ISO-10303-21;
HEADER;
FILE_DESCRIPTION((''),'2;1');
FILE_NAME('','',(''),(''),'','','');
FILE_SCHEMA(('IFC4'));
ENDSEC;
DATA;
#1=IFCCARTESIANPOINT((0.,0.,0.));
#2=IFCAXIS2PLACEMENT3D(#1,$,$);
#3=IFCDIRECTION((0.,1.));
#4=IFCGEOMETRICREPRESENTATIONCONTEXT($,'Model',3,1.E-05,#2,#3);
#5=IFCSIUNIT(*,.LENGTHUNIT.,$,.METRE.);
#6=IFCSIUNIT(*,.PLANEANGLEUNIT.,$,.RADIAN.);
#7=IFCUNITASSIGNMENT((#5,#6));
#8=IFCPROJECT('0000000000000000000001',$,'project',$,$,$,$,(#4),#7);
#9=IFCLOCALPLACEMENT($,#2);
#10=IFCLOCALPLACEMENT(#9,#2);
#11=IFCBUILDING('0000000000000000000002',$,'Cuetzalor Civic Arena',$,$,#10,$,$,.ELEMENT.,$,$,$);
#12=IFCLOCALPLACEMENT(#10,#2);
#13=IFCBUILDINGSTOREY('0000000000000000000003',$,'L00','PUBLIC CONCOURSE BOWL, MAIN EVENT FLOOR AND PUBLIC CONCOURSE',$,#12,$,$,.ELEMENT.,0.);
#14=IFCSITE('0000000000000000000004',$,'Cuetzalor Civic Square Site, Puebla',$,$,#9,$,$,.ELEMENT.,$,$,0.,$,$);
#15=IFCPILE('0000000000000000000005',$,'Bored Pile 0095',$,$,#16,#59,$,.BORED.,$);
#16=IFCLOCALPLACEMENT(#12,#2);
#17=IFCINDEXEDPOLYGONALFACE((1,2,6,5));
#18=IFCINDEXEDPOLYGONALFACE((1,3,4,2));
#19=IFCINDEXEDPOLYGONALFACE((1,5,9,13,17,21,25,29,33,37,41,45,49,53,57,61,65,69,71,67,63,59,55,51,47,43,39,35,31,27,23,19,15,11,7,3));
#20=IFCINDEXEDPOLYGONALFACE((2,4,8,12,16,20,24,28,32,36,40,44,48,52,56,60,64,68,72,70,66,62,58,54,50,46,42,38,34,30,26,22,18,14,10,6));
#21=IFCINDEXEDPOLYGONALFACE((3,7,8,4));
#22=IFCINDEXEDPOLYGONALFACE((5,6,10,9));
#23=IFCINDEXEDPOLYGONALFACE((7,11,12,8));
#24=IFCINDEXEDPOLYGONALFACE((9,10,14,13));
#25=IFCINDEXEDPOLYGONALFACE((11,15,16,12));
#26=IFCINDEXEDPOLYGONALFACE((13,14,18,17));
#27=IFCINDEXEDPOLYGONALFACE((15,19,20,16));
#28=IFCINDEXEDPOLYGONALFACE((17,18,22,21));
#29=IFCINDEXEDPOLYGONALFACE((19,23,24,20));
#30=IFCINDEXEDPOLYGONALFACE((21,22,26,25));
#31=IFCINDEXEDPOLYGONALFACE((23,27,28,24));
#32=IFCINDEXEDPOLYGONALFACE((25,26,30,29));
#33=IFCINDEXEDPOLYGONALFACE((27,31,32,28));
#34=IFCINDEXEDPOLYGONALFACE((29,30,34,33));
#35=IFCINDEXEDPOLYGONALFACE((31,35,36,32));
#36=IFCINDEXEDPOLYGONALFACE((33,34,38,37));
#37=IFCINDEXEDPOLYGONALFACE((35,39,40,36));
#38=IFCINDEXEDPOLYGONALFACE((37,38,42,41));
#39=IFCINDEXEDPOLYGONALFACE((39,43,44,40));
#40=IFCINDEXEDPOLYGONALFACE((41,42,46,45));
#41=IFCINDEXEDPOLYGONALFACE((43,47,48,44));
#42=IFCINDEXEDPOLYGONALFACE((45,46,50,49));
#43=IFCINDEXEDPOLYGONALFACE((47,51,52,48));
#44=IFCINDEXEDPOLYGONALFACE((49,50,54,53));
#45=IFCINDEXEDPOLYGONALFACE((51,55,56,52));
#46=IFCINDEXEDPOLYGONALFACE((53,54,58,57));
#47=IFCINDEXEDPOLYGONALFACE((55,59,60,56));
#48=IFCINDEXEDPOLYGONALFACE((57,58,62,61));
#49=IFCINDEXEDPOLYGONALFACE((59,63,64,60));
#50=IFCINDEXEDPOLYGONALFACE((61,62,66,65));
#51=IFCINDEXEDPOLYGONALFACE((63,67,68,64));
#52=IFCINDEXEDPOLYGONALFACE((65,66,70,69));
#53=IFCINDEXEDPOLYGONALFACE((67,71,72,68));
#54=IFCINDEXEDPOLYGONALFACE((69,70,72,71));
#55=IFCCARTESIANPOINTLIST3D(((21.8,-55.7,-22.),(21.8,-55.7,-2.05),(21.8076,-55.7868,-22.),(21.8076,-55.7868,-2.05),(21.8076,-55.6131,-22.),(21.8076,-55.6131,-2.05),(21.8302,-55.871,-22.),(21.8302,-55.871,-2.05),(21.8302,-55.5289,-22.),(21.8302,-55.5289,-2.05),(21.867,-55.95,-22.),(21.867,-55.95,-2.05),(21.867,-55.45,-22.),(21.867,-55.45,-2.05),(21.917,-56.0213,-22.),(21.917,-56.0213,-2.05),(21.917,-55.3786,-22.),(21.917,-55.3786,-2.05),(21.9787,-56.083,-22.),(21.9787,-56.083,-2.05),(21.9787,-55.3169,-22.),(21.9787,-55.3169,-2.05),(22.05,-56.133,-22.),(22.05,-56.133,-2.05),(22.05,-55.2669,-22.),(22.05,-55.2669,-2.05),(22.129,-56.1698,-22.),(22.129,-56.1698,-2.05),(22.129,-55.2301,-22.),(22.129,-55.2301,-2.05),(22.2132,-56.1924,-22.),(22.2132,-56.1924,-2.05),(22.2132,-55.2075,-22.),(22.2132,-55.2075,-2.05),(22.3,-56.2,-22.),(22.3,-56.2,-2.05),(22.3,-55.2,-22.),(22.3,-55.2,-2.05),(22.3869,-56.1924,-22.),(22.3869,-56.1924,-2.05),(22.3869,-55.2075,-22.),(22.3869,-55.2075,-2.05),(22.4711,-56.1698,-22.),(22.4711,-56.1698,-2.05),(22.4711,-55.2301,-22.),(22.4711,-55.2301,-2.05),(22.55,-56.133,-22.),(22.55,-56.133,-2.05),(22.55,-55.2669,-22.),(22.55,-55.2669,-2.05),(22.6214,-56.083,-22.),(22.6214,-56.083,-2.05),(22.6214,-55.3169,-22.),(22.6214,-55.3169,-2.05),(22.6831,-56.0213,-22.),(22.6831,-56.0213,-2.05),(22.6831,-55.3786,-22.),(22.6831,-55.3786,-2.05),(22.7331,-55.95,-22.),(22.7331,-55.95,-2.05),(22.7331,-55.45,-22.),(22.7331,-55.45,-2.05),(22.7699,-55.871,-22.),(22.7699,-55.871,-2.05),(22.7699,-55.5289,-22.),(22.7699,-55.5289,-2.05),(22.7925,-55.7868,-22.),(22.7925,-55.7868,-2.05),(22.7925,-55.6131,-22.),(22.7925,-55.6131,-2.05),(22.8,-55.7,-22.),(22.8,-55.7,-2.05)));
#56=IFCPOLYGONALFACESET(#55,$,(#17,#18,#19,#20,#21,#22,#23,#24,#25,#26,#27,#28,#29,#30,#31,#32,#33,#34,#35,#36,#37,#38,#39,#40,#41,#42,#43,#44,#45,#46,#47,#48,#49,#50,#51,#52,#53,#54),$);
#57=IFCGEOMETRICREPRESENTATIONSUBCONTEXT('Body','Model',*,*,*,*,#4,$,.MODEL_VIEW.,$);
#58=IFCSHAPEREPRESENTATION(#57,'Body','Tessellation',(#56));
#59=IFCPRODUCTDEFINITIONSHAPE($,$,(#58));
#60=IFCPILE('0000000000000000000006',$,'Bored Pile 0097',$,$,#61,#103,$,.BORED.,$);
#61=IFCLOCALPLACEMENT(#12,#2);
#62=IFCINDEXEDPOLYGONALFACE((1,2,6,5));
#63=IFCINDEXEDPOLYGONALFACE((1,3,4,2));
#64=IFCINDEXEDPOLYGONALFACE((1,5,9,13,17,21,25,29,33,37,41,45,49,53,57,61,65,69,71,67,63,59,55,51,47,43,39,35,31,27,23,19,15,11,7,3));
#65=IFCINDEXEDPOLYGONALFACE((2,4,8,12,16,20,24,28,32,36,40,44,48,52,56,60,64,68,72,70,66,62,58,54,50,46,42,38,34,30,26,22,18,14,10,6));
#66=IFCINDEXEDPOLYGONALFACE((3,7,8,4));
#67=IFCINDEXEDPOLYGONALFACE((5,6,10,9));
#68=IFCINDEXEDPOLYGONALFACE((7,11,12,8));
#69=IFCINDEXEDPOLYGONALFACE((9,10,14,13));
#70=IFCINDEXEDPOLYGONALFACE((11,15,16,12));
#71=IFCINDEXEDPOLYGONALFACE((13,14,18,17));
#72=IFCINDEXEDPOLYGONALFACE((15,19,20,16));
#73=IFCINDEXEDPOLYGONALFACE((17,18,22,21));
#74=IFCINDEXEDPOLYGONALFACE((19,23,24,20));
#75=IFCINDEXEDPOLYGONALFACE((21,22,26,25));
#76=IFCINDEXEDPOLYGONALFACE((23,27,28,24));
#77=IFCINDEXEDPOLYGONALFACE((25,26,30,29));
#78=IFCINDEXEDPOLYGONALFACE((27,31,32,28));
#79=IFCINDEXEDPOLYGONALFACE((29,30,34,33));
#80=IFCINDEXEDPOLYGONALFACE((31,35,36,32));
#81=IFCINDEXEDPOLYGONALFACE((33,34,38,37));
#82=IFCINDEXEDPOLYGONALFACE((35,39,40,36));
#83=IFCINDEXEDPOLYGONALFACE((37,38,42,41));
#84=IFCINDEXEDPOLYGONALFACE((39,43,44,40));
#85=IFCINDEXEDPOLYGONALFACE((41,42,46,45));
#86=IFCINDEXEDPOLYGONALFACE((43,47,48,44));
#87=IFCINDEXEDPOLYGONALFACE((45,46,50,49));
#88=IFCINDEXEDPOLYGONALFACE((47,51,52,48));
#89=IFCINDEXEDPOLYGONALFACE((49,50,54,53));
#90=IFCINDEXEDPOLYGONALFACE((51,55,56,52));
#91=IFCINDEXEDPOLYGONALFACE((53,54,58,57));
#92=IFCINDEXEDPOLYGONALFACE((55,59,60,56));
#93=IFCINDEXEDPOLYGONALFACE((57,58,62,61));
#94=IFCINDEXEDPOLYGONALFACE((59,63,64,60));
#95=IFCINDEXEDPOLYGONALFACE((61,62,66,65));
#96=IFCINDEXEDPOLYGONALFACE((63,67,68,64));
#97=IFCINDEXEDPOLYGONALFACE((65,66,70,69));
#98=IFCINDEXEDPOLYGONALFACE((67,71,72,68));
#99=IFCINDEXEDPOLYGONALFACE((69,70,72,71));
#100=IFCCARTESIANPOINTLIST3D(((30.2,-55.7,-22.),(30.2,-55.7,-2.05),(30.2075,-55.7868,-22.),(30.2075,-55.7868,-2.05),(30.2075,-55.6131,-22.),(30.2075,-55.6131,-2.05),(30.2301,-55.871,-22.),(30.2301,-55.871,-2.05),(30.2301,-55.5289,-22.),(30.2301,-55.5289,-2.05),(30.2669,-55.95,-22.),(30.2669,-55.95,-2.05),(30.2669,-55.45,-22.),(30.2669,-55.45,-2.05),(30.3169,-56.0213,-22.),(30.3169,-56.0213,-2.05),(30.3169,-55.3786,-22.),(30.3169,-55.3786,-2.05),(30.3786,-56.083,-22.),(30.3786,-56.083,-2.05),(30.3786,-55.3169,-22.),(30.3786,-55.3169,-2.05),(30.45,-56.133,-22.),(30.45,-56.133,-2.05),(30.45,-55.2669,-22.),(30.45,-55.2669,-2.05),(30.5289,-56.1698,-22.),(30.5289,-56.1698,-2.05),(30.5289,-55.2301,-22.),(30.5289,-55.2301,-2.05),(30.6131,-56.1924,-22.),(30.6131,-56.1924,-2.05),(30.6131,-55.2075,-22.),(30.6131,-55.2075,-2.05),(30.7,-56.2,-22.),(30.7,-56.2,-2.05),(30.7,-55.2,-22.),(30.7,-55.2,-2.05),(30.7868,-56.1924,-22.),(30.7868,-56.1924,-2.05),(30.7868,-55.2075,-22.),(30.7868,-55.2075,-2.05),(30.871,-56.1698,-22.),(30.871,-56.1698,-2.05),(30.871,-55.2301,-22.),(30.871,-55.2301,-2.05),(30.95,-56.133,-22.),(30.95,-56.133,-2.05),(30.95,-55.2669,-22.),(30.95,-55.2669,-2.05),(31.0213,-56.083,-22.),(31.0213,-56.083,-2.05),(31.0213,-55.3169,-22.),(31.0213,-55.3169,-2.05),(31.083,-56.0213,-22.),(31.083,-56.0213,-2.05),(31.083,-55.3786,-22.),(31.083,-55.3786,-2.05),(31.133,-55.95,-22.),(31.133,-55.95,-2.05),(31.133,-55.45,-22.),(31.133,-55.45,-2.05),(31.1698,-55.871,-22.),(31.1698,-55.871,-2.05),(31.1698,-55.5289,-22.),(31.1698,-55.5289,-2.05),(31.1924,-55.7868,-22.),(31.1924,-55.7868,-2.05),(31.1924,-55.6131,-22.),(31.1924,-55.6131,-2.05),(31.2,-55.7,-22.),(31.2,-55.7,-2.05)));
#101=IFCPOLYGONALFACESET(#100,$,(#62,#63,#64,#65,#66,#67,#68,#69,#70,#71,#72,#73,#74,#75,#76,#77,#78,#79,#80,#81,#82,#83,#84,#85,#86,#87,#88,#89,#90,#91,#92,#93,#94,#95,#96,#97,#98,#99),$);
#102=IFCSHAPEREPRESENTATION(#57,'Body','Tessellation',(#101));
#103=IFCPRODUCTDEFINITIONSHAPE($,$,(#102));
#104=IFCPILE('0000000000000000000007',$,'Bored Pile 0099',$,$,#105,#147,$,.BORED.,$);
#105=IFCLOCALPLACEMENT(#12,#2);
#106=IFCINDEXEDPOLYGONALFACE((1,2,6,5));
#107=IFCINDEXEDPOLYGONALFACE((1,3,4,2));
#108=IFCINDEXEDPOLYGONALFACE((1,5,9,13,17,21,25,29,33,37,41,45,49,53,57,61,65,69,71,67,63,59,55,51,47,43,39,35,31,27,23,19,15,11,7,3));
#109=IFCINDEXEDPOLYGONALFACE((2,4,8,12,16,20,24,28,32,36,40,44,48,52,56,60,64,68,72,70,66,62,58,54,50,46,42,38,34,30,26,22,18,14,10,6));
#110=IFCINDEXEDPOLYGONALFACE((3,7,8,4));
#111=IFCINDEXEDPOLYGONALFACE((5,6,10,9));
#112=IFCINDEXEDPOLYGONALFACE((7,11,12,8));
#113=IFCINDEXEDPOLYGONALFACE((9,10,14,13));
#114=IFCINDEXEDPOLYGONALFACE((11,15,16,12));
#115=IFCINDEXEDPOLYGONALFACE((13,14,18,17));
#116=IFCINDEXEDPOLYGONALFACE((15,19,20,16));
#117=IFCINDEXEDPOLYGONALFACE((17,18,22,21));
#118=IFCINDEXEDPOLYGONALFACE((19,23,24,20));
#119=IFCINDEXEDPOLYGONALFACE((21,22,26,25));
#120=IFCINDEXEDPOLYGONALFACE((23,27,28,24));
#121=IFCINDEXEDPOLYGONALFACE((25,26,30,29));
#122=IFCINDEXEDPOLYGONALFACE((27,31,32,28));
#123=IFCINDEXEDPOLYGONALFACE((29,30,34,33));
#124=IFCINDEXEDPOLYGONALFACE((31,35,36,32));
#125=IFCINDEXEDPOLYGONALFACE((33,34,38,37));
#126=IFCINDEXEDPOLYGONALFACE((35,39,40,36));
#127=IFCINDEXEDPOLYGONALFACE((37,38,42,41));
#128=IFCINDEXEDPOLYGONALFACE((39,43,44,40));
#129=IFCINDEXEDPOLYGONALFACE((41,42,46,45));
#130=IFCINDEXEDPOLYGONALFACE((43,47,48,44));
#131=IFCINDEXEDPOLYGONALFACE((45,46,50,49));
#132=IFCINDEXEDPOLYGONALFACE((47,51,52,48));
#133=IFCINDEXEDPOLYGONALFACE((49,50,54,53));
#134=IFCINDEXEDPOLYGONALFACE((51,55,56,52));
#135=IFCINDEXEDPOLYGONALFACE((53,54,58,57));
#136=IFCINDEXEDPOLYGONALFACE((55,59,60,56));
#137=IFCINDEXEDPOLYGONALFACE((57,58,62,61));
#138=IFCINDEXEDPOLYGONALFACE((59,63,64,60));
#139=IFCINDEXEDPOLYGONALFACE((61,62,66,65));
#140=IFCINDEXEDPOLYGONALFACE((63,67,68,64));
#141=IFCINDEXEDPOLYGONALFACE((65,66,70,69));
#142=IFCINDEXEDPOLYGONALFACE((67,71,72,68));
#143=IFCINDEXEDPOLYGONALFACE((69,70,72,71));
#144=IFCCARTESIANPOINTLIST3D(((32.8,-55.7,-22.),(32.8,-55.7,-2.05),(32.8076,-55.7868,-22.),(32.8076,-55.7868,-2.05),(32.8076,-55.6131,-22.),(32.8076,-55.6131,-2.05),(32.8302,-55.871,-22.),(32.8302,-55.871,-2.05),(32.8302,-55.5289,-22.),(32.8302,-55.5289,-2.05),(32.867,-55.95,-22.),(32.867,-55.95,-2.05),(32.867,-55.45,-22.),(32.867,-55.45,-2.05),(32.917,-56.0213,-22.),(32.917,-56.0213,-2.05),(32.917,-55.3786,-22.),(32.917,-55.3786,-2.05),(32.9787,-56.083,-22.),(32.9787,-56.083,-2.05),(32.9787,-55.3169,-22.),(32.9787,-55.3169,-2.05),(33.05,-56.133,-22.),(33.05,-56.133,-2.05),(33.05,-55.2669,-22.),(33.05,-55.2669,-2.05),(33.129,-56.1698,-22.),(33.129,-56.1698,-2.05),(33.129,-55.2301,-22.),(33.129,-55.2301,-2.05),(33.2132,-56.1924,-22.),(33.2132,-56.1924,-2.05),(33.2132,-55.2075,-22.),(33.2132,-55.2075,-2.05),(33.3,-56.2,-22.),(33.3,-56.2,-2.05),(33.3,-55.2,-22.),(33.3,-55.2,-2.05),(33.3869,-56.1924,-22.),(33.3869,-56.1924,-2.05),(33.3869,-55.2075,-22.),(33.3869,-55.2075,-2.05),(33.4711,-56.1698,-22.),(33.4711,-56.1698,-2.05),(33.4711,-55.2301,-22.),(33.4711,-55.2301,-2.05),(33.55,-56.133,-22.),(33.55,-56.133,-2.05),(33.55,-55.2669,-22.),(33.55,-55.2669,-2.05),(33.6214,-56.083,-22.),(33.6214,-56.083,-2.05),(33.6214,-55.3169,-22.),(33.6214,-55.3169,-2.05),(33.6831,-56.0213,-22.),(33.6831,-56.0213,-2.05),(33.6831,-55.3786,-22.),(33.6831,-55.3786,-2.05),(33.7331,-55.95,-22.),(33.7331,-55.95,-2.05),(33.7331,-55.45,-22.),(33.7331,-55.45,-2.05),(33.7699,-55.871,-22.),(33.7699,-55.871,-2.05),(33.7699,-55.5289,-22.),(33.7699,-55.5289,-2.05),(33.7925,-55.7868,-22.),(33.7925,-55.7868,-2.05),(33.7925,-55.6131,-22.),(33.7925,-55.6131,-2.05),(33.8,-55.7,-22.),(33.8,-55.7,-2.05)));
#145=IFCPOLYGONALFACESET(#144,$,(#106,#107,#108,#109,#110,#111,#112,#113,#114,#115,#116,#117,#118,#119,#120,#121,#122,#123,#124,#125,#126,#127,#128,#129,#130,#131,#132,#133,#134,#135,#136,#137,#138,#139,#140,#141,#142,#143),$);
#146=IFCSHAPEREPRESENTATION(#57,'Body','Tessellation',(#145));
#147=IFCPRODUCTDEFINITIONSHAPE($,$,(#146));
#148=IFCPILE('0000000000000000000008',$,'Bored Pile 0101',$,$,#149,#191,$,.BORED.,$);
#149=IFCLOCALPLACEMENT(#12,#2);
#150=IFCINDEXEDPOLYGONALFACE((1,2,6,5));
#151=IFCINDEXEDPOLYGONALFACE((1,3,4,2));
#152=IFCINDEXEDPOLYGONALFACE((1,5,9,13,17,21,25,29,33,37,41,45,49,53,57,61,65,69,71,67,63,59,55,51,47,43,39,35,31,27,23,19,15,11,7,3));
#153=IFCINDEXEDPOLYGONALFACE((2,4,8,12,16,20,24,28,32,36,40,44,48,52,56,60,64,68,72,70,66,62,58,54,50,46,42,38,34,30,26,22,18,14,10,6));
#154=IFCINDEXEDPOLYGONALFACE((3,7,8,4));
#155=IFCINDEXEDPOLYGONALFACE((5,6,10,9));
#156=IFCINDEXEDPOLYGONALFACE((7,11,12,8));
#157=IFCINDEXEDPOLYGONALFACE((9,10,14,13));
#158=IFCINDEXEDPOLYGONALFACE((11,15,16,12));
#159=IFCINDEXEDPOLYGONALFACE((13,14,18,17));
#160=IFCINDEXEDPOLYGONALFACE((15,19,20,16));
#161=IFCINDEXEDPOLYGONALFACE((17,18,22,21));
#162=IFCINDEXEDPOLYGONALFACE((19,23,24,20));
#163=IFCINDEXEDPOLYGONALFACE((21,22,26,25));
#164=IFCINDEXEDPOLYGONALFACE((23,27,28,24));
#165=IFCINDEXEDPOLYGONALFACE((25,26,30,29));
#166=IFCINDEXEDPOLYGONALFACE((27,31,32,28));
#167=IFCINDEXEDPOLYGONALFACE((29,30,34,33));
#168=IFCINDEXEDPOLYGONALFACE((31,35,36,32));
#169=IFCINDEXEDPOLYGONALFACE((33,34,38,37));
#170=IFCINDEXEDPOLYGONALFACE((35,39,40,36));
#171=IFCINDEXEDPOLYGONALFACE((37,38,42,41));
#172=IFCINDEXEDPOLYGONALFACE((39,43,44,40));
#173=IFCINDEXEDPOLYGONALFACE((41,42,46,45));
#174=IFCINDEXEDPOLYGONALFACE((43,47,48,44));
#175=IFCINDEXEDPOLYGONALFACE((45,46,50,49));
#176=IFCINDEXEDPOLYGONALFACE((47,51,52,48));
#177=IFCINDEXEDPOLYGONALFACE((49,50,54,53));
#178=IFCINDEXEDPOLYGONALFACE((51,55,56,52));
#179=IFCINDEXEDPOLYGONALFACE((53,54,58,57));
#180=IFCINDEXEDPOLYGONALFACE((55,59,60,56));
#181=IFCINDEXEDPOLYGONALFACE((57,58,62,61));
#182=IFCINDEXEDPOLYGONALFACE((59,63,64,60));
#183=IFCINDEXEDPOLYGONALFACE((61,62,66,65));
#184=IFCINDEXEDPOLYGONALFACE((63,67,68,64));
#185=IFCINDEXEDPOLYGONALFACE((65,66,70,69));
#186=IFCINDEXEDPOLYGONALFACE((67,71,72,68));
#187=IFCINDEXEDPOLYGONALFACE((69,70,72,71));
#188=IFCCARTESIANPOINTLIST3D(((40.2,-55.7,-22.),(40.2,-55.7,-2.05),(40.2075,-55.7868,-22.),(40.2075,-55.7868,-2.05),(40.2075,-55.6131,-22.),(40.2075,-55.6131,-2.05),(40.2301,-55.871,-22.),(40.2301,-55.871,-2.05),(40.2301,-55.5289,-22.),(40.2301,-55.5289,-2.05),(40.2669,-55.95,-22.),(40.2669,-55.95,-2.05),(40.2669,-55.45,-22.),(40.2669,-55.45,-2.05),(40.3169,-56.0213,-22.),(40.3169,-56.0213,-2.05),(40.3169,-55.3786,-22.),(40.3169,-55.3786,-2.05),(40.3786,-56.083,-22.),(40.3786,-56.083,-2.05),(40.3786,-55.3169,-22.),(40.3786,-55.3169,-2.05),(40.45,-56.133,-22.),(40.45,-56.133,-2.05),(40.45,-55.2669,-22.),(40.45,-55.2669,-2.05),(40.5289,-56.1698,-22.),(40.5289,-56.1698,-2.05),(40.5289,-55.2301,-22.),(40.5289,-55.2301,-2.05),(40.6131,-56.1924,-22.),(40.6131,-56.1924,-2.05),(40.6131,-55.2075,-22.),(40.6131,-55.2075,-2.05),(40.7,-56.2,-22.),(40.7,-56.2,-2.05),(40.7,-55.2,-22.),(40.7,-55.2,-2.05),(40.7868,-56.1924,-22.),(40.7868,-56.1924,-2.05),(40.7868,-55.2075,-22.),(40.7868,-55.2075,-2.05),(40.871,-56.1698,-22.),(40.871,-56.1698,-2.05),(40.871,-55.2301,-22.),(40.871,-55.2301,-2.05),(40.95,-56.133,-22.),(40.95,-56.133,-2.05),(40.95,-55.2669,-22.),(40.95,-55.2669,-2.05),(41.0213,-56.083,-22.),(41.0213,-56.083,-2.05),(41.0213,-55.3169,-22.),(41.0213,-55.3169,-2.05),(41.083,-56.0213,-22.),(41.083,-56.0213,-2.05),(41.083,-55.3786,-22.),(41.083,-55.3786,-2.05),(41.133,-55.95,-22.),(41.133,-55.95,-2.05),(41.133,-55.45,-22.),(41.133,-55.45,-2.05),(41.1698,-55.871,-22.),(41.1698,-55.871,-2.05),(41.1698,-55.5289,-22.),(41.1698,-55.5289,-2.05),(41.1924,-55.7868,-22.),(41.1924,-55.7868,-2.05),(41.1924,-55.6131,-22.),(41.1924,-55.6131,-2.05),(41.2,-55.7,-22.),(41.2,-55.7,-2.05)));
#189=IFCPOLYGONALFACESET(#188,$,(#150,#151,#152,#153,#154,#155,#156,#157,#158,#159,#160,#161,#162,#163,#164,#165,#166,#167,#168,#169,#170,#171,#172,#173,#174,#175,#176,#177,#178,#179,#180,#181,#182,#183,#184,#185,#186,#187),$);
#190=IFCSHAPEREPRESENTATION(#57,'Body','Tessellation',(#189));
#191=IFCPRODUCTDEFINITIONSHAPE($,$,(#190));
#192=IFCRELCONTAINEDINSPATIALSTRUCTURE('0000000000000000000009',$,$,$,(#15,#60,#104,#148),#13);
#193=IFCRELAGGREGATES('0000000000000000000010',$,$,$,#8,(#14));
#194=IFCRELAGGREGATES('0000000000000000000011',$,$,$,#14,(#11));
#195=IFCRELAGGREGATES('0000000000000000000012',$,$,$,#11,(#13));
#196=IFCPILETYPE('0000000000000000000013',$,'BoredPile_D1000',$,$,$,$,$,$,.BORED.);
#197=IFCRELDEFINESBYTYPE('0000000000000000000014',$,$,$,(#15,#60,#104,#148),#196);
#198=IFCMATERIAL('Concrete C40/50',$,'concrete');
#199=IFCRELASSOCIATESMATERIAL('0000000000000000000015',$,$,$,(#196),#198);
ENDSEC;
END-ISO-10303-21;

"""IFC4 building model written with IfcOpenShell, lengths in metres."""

from ifc_helpers import new_model, si_unit, direction, frame, origin, origin_2d, place, context, subcontext, project, spatial, circle, extrude, material, material_profile, profile_set, type_object, element, save


model = new_model("IFC4")

# Units and contexts
model_context = context("Model", 3, precision=1e-05, world=origin(), true_north=direction((0.0, 1.0)))
body_context = subcontext(model_context, "Body", "Model", "MODEL_VIEW")
ifc_project = project(units=[si_unit("LENGTHUNIT", "METRE"), si_unit("PLANEANGLEUNIT", "RADIAN")], contexts=[model_context])

# Site, building, storey
site_placement = place(None, origin())
site = spatial("IfcSite", under=ifc_project, at=site_placement, Name="Cuetzalor Civic Square Site, Puebla", CompositionType="ELEMENT", RefElevation=0.0)
building_placement = place(site_placement, origin())
building = spatial("IfcBuilding", under=site, at=building_placement, Name="Cuetzalor Civic Arena", CompositionType="ELEMENT")
storey_placement = place(building_placement, origin())
storey = spatial("IfcBuildingStorey", under=building, at=storey_placement, Name="L00", Description="PUBLIC CONCOURSE BOWL, MAIN EVENT FLOOR AND PUBLIC CONCOURSE", CompositionType="ELEMENT", Elevation=0.0)

# Piles
ifc_material_1 = material(Name="Concrete C40/50", Category="concrete")
ifc_material_profile_1 = material_profile(ifc_material_1, circle(Radius=0.5, at=origin_2d()), Name="BORED PILE D1000")
ifc_profile_set_1 = profile_set([ifc_material_profile_1], Name="Concrete C40/50")
pile_type_1 = type_object("IfcPileType", Name="BoredPile_D1000", PredefinedType="BORED", material=ifc_profile_set_1)
for number, where, z_axis, x_axis, name in (
    (1, (22.3, -55.7, -2.05), (0.0, 0.0, -1.0), (1.0, 0.0, 0.0), "Bored Pile 0095"),
    (2, (30.7, -55.7, -2.05), (0.0, 0.0, -1.0), (1.0, 0.0, 0.0), "Bored Pile 0097"),
    (3, (33.3, -55.7, -2.05), (0.0, 0.0, -1.0), (1.0, 0.0, 0.0), "Bored Pile 0099"),
    (4, (40.7, -55.7, -2.05), (0.0, 0.0, -1.0), (1.0, 0.0, 0.0), "Bored Pile 0101"),
):
    element("IfcPile", number, at=place(storey_placement, frame(where, z_axis=z_axis, x_axis=x_axis)), inside=storey, type_object=pile_type_1, Name=name, PredefinedType="BORED", context=body_context, shape_type="SweptSolid", body=[
        extrude(circle(Radius=0.5, at=origin_2d()), origin(), (0.0, 0.0, 1.0), 19.95),
    ])

save(model, "model.ifc")
